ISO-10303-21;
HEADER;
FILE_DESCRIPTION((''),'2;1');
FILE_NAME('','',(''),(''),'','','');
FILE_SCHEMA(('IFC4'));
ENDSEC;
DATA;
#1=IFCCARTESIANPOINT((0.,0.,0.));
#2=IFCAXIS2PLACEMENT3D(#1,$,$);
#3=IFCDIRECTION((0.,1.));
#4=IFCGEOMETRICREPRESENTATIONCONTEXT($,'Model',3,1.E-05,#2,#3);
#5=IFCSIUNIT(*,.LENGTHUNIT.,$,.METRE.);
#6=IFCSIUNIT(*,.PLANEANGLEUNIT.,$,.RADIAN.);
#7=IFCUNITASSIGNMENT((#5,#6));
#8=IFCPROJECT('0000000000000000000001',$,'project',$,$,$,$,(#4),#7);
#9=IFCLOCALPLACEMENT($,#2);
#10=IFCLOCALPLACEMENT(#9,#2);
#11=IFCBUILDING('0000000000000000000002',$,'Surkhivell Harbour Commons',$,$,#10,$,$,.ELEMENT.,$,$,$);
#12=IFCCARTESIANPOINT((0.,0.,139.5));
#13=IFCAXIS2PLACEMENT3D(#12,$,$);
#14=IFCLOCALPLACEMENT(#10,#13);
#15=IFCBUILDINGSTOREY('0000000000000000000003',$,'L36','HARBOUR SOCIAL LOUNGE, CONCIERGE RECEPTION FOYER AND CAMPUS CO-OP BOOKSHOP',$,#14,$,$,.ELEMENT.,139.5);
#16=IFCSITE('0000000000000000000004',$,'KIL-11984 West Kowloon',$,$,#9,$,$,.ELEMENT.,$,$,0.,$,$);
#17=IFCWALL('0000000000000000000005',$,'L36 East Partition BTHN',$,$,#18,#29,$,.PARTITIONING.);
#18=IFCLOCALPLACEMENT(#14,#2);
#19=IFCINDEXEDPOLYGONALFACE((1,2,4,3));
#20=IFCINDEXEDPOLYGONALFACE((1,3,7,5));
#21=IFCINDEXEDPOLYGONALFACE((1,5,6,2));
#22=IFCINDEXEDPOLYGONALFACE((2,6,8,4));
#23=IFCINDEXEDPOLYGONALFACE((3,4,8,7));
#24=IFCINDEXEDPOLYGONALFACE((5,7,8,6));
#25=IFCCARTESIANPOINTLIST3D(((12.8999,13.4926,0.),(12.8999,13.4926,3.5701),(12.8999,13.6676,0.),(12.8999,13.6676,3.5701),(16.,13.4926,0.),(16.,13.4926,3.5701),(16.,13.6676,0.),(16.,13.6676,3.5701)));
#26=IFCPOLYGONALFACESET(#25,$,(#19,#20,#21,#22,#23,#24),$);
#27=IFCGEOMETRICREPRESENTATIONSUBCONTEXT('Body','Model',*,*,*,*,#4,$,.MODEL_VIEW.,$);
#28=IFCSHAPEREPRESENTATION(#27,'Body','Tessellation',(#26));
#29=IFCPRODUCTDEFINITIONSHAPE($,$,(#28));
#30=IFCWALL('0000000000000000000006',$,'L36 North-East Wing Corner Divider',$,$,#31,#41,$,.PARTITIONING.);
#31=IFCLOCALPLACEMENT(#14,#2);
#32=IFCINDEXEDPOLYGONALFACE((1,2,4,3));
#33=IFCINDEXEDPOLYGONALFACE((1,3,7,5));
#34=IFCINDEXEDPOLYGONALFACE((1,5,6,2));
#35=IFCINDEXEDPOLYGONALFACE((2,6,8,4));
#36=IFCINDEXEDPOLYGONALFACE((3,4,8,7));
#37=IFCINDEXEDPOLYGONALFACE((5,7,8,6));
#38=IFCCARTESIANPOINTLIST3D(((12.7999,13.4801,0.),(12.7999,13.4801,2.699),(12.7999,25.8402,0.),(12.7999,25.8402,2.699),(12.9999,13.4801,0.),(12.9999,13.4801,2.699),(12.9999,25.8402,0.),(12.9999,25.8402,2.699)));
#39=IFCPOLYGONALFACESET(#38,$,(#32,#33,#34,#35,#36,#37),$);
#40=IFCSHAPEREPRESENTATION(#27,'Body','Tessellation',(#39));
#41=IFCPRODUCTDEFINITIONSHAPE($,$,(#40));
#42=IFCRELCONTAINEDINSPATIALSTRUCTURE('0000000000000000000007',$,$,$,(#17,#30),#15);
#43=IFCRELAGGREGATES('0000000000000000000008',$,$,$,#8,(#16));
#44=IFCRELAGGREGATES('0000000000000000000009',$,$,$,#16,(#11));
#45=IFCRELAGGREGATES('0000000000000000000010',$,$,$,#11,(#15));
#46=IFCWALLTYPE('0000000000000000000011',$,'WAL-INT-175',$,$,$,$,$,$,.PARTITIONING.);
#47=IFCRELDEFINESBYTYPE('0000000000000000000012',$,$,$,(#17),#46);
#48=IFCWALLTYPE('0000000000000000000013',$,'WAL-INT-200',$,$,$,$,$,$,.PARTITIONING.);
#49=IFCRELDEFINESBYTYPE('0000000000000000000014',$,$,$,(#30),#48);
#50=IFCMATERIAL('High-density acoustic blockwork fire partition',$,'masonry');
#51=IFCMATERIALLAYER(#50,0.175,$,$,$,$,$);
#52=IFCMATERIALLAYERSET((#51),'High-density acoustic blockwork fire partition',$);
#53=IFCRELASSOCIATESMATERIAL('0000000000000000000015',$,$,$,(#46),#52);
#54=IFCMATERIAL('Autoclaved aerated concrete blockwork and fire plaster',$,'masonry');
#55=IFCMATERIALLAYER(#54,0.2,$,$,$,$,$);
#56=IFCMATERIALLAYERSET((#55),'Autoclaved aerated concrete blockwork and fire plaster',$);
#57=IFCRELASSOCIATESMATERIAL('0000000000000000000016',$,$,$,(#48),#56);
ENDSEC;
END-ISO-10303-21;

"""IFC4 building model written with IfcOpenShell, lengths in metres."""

from ifc_helpers import new_model, si_unit, direction, frame, frame_2d, origin, place, context, subcontext, project, spatial, rectangle, extrude, material, layer, layer_set, type_object, element, save


model = new_model("IFC4")

# Units and contexts
model_context = context("Model", 3, precision=1e-05, world=origin(), true_north=direction((0.0, 1.0)))
body_context = subcontext(model_context, "Body", "Model", "MODEL_VIEW")
ifc_project = project(units=[si_unit("LENGTHUNIT", "METRE"), si_unit("PLANEANGLEUNIT", "RADIAN")], contexts=[model_context])

# Site, building, storey
site_placement = place(None, origin())
site = spatial("IfcSite", under=ifc_project, at=site_placement, Name="KIL-11984 West Kowloon", CompositionType="ELEMENT", RefElevation=0.0)
building_placement = place(site_placement, origin())
building = spatial("IfcBuilding", under=site, at=building_placement, Name="Surkhivell Harbour Commons", CompositionType="ELEMENT")
storey_placement = place(building_placement, frame((0.0, 0.0, 139.5)))
storey = spatial("IfcBuildingStorey", under=building, at=storey_placement, Name="L36", Description="HARBOUR SOCIAL LOUNGE, CONCIERGE RECEPTION FOYER AND CAMPUS CO-OP BOOKSHOP", CompositionType="ELEMENT", Elevation=139.5)

# Walls
ifc_material_1 = material(Name="High-density acoustic blockwork fire partition", Category="masonry")
ifc_layer_1 = layer(ifc_material_1, 0.175)
ifc_layer_set_1 = layer_set([ifc_layer_1], Name="High-density acoustic blockwork fire partition")
wall_type_1 = type_object("IfcWallType", Name="WAL-INT-175", PredefinedType="PARTITIONING", material=ifc_layer_set_1)
wall_1_placement = place(storey_placement, frame((12.8999, 13.5801, 0.0), z_axis=(0.0, 0.0, 1.0), x_axis=(1.0, 0.0, 0.0)))
element("IfcWall", 1, at=wall_1_placement, inside=storey, type_object=wall_type_1, Name="L36 East Partition BTHN", PredefinedType="PARTITIONING", context=body_context, shape_type="SweptSolid", body=[
    extrude(rectangle(XDim=3.1001, YDim=0.175, at=frame_2d((1.55, 0.0))), origin(), (0.0, 0.0, 1.0), 3.5701),
])
ifc_material_2 = material(Name="Autoclaved aerated concrete blockwork and fire plaster", Category="masonry")
ifc_layer_2 = layer(ifc_material_2, 0.2)
ifc_layer_set_2 = layer_set([ifc_layer_2], Name="Autoclaved aerated concrete blockwork and fire plaster")
wall_type_2 = type_object("IfcWallType", Name="WAL-INT-200", PredefinedType="PARTITIONING", material=ifc_layer_set_2)
wall_2_placement = place(storey_placement, frame((12.8999, 13.48, 0.0), z_axis=(0.0, 0.0, 1.0), x_axis=(0.0, 1.0, 0.0)))
element("IfcWall", 2, at=wall_2_placement, inside=storey, type_object=wall_type_2, Name="L36 North-East Wing Corner Divider", PredefinedType="PARTITIONING", context=body_context, shape_type="SweptSolid", body=[
    extrude(rectangle(XDim=12.3601, YDim=0.2, at=frame_2d((6.1802, 0.0))), origin(), (0.0, 0.0, 1.0), 2.699),
])

save(model, "model.ifc")
